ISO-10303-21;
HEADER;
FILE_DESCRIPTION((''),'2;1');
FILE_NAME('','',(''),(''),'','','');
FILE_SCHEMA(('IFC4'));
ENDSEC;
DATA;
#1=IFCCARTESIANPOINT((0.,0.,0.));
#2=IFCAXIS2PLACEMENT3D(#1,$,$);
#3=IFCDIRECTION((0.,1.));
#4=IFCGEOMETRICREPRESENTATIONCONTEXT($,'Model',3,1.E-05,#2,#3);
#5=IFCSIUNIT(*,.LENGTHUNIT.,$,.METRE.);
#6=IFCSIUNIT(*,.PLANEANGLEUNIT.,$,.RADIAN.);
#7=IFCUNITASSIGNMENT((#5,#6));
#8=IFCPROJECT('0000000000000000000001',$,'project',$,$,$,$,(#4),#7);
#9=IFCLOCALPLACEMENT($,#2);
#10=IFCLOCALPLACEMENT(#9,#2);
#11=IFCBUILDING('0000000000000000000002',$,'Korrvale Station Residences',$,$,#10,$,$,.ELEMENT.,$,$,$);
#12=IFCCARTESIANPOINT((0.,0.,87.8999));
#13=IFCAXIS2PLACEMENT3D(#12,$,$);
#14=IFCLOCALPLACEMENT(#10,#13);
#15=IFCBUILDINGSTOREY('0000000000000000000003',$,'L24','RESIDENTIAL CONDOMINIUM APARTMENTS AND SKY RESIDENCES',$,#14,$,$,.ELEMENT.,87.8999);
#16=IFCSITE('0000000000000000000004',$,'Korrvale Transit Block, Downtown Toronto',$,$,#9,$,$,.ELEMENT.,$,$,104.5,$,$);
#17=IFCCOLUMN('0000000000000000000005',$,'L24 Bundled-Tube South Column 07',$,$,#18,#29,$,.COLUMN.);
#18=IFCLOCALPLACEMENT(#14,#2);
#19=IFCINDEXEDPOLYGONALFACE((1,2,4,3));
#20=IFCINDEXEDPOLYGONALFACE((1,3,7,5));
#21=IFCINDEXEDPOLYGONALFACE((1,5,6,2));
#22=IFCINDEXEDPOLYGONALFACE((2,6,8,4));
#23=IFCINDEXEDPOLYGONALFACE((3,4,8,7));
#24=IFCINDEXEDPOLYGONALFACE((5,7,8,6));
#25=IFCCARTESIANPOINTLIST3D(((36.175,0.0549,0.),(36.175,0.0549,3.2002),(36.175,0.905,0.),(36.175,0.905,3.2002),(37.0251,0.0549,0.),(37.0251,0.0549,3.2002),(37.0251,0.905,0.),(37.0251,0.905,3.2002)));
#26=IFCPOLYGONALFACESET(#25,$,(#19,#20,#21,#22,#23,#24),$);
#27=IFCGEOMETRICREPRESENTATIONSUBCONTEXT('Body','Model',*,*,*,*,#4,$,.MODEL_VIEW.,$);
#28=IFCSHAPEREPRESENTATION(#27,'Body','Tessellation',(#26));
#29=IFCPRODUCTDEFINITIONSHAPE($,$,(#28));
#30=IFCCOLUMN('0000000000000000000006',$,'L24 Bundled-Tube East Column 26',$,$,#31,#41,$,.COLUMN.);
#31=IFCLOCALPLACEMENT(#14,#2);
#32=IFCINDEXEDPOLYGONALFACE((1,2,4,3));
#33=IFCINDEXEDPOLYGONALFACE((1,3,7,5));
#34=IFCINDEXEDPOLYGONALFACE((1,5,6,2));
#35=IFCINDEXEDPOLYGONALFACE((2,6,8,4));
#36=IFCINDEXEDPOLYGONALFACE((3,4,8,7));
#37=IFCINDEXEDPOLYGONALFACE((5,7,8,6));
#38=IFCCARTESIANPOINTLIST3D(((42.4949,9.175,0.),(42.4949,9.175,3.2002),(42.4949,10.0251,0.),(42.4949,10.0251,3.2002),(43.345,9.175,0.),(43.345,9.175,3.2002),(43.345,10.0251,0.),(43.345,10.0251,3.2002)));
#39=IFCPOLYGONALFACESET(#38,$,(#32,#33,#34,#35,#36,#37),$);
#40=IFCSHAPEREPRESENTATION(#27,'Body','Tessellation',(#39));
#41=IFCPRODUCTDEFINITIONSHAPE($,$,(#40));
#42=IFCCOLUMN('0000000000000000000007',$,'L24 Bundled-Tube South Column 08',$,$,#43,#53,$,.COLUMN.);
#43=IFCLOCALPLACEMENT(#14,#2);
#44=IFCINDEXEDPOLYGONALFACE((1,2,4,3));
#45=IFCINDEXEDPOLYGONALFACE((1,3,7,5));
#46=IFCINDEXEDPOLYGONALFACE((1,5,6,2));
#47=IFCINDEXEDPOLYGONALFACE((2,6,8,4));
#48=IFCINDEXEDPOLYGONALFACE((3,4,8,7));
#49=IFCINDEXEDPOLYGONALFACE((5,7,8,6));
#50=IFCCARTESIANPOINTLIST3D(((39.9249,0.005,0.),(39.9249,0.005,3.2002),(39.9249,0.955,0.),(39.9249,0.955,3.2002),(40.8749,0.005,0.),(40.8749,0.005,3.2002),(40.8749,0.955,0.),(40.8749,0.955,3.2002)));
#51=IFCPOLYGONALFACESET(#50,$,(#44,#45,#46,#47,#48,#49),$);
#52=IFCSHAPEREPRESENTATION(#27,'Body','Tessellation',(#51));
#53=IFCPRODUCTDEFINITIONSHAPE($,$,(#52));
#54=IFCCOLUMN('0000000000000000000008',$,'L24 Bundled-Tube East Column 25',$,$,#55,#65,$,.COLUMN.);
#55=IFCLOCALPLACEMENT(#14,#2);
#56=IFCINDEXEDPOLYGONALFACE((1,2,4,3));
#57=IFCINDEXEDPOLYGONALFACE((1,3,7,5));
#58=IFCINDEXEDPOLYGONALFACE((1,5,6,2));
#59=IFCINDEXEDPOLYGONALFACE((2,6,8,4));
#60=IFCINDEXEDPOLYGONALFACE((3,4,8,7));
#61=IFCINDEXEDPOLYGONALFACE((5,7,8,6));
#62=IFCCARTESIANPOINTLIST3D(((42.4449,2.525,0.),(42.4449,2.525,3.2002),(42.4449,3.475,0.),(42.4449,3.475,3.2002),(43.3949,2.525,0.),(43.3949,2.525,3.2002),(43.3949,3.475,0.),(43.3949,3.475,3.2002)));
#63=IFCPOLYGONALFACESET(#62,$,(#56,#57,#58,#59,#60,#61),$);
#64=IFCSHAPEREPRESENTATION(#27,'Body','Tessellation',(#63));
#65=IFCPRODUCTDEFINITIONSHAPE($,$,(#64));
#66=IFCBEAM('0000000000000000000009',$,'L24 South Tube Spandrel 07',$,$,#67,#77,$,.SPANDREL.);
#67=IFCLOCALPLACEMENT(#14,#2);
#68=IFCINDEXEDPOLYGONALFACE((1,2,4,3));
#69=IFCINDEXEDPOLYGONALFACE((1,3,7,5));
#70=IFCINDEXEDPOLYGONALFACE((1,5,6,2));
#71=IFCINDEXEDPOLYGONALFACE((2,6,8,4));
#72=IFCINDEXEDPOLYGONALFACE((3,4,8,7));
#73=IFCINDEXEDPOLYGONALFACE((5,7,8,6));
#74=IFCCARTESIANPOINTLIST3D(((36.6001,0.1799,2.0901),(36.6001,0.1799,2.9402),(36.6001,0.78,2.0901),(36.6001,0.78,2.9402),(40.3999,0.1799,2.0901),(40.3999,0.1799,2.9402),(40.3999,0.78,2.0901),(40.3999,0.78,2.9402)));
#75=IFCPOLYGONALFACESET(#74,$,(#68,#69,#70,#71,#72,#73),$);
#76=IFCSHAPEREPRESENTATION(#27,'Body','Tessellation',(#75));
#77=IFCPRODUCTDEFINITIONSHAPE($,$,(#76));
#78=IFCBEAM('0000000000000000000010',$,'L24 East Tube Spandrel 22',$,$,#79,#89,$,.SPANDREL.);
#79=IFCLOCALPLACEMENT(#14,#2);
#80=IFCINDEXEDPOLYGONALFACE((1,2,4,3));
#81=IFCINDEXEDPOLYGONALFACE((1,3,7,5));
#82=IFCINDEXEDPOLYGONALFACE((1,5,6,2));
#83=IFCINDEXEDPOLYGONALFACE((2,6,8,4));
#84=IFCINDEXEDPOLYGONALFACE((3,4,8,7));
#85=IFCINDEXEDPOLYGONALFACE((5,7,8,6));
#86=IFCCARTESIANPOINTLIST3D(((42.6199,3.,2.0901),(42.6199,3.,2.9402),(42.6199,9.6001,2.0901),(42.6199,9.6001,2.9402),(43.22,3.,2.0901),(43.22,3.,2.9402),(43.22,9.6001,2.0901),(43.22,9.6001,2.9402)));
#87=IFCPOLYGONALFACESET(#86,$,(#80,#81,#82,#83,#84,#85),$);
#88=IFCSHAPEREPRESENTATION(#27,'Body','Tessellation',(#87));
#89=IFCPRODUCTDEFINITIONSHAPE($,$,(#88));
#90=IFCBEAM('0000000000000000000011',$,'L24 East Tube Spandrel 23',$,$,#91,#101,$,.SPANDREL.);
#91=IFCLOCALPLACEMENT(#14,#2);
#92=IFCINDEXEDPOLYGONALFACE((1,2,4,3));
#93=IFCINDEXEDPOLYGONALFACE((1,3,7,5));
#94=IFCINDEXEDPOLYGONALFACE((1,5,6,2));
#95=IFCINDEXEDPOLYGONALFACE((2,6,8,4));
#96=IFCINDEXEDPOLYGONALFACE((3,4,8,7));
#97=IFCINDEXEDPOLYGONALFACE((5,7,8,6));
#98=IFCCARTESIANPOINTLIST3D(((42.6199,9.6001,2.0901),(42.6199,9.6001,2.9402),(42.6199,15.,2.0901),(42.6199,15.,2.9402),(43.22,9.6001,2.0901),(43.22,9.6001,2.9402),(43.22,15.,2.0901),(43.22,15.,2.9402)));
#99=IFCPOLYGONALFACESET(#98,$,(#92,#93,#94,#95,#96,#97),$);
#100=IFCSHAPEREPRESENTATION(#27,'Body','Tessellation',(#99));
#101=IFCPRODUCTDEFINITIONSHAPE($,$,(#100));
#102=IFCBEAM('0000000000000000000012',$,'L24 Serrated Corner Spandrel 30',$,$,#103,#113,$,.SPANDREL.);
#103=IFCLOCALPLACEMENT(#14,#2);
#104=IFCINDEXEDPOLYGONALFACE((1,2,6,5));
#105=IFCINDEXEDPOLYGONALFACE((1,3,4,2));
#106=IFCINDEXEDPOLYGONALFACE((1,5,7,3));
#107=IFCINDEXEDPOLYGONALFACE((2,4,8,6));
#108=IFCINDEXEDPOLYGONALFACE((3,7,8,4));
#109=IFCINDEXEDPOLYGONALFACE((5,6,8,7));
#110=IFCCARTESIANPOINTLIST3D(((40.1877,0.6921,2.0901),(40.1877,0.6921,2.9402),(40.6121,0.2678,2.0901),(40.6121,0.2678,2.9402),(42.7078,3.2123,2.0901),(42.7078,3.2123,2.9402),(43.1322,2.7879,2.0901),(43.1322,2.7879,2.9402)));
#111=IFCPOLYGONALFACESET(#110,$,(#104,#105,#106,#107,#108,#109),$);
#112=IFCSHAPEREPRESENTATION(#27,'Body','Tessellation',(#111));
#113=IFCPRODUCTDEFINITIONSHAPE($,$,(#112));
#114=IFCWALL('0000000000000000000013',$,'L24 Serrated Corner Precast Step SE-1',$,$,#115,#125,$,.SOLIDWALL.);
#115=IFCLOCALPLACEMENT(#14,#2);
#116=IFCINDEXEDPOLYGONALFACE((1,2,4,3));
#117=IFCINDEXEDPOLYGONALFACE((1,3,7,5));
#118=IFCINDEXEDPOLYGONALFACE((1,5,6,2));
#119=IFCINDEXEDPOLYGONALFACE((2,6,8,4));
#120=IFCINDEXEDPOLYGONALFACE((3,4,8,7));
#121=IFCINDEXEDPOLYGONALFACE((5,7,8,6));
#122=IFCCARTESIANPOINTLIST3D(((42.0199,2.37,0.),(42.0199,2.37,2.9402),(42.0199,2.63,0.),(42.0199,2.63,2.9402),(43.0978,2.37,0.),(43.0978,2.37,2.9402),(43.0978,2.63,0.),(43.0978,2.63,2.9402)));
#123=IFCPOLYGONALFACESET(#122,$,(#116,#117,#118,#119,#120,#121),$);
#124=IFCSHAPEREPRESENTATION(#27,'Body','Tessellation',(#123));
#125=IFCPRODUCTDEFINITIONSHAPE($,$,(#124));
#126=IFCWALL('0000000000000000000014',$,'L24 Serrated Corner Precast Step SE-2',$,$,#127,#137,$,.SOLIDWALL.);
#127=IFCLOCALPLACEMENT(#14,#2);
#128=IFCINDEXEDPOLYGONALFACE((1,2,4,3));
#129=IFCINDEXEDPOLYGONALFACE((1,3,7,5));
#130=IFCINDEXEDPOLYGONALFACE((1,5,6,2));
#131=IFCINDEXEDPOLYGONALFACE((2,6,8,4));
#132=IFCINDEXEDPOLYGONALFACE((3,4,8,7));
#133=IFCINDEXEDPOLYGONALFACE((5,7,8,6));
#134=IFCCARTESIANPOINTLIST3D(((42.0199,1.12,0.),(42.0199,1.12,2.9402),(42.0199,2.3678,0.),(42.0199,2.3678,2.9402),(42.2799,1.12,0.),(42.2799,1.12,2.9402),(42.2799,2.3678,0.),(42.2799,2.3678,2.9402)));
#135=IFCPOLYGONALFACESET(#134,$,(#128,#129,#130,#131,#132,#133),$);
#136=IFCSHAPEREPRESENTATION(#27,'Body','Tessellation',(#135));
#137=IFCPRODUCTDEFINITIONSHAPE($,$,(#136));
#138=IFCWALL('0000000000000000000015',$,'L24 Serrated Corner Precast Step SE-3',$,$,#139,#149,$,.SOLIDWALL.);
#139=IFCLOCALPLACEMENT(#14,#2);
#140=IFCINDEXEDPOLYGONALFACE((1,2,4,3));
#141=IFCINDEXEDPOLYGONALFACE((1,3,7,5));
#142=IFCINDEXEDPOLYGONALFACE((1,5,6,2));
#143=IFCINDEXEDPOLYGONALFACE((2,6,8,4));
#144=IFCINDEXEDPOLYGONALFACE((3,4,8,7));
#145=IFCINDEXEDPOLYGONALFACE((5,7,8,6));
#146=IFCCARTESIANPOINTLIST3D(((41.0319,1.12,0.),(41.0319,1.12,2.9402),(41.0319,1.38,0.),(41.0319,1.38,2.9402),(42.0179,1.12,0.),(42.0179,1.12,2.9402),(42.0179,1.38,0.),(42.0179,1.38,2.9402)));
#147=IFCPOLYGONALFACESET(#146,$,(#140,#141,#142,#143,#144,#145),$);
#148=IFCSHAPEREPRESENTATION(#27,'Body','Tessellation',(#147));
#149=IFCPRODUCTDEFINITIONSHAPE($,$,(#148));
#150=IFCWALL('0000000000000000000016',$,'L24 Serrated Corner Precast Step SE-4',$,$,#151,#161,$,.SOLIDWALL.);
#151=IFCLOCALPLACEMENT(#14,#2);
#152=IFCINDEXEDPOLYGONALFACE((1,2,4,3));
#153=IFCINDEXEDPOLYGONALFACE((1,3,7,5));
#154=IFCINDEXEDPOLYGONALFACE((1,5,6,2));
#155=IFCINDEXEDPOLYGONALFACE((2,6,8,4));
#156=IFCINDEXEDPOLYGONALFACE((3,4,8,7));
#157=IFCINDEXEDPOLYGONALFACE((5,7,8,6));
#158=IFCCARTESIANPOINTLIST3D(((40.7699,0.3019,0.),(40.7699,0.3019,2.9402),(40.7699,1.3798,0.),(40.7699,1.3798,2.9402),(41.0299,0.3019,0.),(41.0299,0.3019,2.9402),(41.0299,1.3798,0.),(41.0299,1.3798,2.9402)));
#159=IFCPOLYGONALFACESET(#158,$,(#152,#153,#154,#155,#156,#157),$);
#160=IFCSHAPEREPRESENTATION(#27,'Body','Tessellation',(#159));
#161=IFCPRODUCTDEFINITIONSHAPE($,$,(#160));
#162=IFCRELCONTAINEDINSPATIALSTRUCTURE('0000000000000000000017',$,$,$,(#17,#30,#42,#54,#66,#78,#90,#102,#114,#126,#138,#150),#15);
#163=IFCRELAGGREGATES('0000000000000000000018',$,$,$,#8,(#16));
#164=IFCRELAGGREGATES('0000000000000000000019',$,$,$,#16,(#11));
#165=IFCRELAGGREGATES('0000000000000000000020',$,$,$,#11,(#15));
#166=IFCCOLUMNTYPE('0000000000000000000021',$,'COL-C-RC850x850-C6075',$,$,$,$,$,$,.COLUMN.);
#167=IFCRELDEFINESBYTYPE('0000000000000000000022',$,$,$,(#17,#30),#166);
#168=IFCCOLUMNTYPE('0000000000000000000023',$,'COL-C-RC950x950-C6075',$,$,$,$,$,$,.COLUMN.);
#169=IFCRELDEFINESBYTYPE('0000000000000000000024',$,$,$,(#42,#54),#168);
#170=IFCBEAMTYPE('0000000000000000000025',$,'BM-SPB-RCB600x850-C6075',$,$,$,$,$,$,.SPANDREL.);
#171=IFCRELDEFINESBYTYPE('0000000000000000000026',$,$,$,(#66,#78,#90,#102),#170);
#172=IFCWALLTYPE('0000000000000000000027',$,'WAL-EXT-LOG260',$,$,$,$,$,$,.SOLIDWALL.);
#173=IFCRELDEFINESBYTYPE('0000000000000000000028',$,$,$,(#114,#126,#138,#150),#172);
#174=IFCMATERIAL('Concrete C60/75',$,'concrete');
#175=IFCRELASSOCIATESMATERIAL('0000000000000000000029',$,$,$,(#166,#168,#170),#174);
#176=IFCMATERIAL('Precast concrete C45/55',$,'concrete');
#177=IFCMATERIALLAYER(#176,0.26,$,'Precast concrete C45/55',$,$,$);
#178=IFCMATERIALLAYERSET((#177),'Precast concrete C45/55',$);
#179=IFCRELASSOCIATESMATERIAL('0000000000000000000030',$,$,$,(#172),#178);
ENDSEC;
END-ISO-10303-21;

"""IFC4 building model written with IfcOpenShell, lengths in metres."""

from ifc_helpers import new_model, si_unit, direction, frame, frame_2d, origin, origin_2d, place, context, subcontext, project, spatial, rectangle, extrude, material, layer, layer_set, material_profile, profile_set, type_object, element, save


model = new_model("IFC4")

# Units and contexts
model_context = context("Model", 3, precision=1e-05, world=origin(), true_north=direction((0.0, 1.0)))
body_context = subcontext(model_context, "Body", "Model", "MODEL_VIEW")
ifc_project = project(units=[si_unit("LENGTHUNIT", "METRE"), si_unit("PLANEANGLEUNIT", "RADIAN")], contexts=[model_context])

# Site, building, storey
site_placement = place(None, origin())
site = spatial("IfcSite", under=ifc_project, at=site_placement, Name="Korrvale Transit Block, Downtown Toronto", CompositionType="ELEMENT", RefElevation=104.5)
building_placement = place(site_placement, origin())
building = spatial("IfcBuilding", under=site, at=building_placement, Name="Korrvale Station Residences", CompositionType="ELEMENT")
storey_placement = place(building_placement, frame((0.0, 0.0, 87.8999)))
storey = spatial("IfcBuildingStorey", under=building, at=storey_placement, Name="L24", Description="RESIDENTIAL CONDOMINIUM APARTMENTS AND SKY RESIDENCES", CompositionType="ELEMENT", Elevation=87.8999)

# Columns
ifc_material_1 = material(Name="Concrete C60/75", Category="concrete")
ifc_material_profile_1 = material_profile(ifc_material_1, rectangle(XDim=0.8501, YDim=0.8501, at=origin_2d()), Name="RC850x850")
ifc_profile_set_1 = profile_set([ifc_material_profile_1], Name="Concrete C60/75")
column_type_1 = type_object("IfcColumnType", Name="COL-C-RC850x850-C6075", PredefinedType="COLUMN", material=ifc_profile_set_1)
for number, where, z_axis, x_axis, name in (
    (1, (36.6001, 0.48, 0.0), (0.0, 0.0, 1.0), (1.0, 0.0, 0.0), "L24 Bundled-Tube South Column 07"),
    (2, (42.9199, 9.6001, 0.0), (0.0, 0.0, 1.0), (1.0, 0.0, 0.0), "L24 Bundled-Tube East Column 26"),
):
    element("IfcColumn", number, at=place(storey_placement, frame(where, z_axis=z_axis, x_axis=x_axis)), inside=storey, type_object=column_type_1, Name=name, PredefinedType="COLUMN", context=body_context, shape_type="SweptSolid", body=[
        extrude(rectangle(XDim=0.8501, YDim=0.8501, at=origin_2d()), origin(), (0.0, 0.0, 1.0), 3.2002),
    ])
ifc_material_profile_2 = material_profile(ifc_material_1, rectangle(XDim=0.95, YDim=0.95, at=origin_2d()), Name="RC950x950")
ifc_profile_set_2 = profile_set([ifc_material_profile_2], Name="Concrete C60/75")
column_type_2 = type_object("IfcColumnType", Name="COL-C-RC950x950-C6075", PredefinedType="COLUMN", material=ifc_profile_set_2)
for number, where, z_axis, x_axis, name in (
    (3, (40.3999, 0.48, 0.0), (0.0, 0.0, 1.0), (1.0, 0.0, 0.0), "L24 Bundled-Tube South Column 08"),
    (4, (42.9199, 3.0, 0.0), (0.0, 0.0, 1.0), (1.0, 0.0, 0.0), "L24 Bundled-Tube East Column 25"),
):
    element("IfcColumn", number, at=place(storey_placement, frame(where, z_axis=z_axis, x_axis=x_axis)), inside=storey, type_object=column_type_2, Name=name, PredefinedType="COLUMN", context=body_context, shape_type="SweptSolid", body=[
        extrude(rectangle(XDim=0.95, YDim=0.95, at=origin_2d()), origin(), (0.0, 0.0, 1.0), 3.2002),
    ])

# Beams
ifc_material_profile_3 = material_profile(ifc_material_1, rectangle(XDim=0.6001, YDim=0.8501, at=origin_2d()), Name="RCB600x850")
ifc_profile_set_3 = profile_set([ifc_material_profile_3], Name="Concrete C60/75")
beam_type = type_object("IfcBeamType", Name="BM-SPB-RCB600x850-C6075", PredefinedType="SPANDREL", material=ifc_profile_set_3)
beam_1_placement = place(storey_placement, frame((36.6001, 0.48, 2.5151), z_axis=(1.0, 0.0, 0.0), x_axis=(0.0, 1.0, 0.0)))
element("IfcBeam", 5, at=beam_1_placement, inside=storey, type_object=beam_type, Name="L24 South Tube Spandrel 07", PredefinedType="SPANDREL", context=body_context, shape_type="SweptSolid", body=[
    extrude(rectangle(XDim=0.6001, YDim=0.8501, at=origin_2d()), origin(), (0.0, 0.0, 1.0), 3.7998),
])
beam_2_placement = place(storey_placement, frame((42.9199, 3.0, 2.5151), z_axis=(0.0, 1.0, 0.0), x_axis=(-1.0, 0.0, 0.0)))
element("IfcBeam", 6, at=beam_2_placement, inside=storey, type_object=beam_type, Name="L24 East Tube Spandrel 22", PredefinedType="SPANDREL", context=body_context, shape_type="SweptSolid", body=[
    extrude(rectangle(XDim=0.6001, YDim=0.8501, at=origin_2d()), origin(), (0.0, 0.0, 1.0), 6.6001),
])
beam_3_placement = place(storey_placement, frame((42.9199, 9.6001, 2.5151), z_axis=(0.0, 1.0, 0.0), x_axis=(-1.0, 0.0, 0.0)))
element("IfcBeam", 7, at=beam_3_placement, inside=storey, type_object=beam_type, Name="L24 East Tube Spandrel 23", PredefinedType="SPANDREL", context=body_context, shape_type="SweptSolid", body=[
    extrude(rectangle(XDim=0.6001, YDim=0.8501, at=origin_2d()), origin(), (0.0, 0.0, 1.0), 5.3999),
])
beam_4_placement = place(storey_placement, frame((40.3999, 0.48, 2.5151), z_axis=(0.707107, 0.707107, 0.0), x_axis=(-0.707107, 0.707107, 0.0)))
element("IfcBeam", 8, at=beam_4_placement, inside=storey, type_object=beam_type, Name="L24 Serrated Corner Spandrel 30", PredefinedType="SPANDREL", context=body_context, shape_type="SweptSolid", body=[
    extrude(rectangle(XDim=0.6001, YDim=0.8501, at=origin_2d()), origin(), (0.0, 0.0, 1.0), 3.564),
])

# Walls
ifc_material_2 = material(Name="Precast concrete C45/55", Category="concrete")
ifc_layer_1 = layer(ifc_material_2, 0.26, Name="Precast concrete C45/55")
ifc_layer_set_1 = layer_set([ifc_layer_1], Name="Precast concrete C45/55")
wall_type_1 = type_object("IfcWallType", Name="WAL-EXT-LOG260", PredefinedType="SOLIDWALL", material=ifc_layer_set_1)
wall_1_placement = place(storey_placement, frame((43.0979, 2.5, 0.0), z_axis=(0.0, 0.0, 1.0), x_axis=(-1.0, 0.0, 0.0)))
element("IfcWall", 9, at=wall_1_placement, inside=storey, type_object=wall_type_1, Name="L24 Serrated Corner Precast Step SE-1", PredefinedType="SOLIDWALL", context=body_context, shape_type="SweptSolid", body=[
    extrude(rectangle(XDim=1.0779, YDim=0.26, at=frame_2d((0.5391, 0.0))), origin(), (0.0, 0.0, 1.0), 2.9402),
])
wall_2_placement = place(storey_placement, frame((42.1499, 2.3679, 0.0), z_axis=(0.0, 0.0, 1.0), x_axis=(0.0, -1.0, 0.0)))
element("IfcWall", 10, at=wall_2_placement, inside=storey, type_object=wall_type_1, Name="L24 Serrated Corner Precast Step SE-2", PredefinedType="SOLIDWALL", context=body_context, shape_type="SweptSolid", body=[
    extrude(rectangle(XDim=1.2478, YDim=0.26, at=frame_2d((0.624, 0.0))), origin(), (0.0, 0.0, 1.0), 2.9402),
])
wall_3_placement = place(storey_placement, frame((42.0181, 1.25, 0.0), z_axis=(0.0, 0.0, 1.0), x_axis=(-1.0, 0.0, 0.0)))
element("IfcWall", 11, at=wall_3_placement, inside=storey, type_object=wall_type_1, Name="L24 Serrated Corner Precast Step SE-3", PredefinedType="SOLIDWALL", context=body_context, shape_type="SweptSolid", body=[
    extrude(rectangle(XDim=0.9861, YDim=0.26, at=frame_2d((0.4932, 0.0))), origin(), (0.0, 0.0, 1.0), 2.9402),
])
wall_4_placement = place(storey_placement, frame((40.8999, 1.3799, 0.0), z_axis=(0.0, 0.0, 1.0), x_axis=(0.0, -1.0, 0.0)))
element("IfcWall", 12, at=wall_4_placement, inside=storey, type_object=wall_type_1, Name="L24 Serrated Corner Precast Step SE-4", PredefinedType="SOLIDWALL", context=body_context, shape_type="SweptSolid", body=[
    extrude(rectangle(XDim=1.0779, YDim=0.26, at=frame_2d((0.5391, 0.0))), origin(), (0.0, 0.0, 1.0), 2.9402),
])

save(model, "model.ifc")
